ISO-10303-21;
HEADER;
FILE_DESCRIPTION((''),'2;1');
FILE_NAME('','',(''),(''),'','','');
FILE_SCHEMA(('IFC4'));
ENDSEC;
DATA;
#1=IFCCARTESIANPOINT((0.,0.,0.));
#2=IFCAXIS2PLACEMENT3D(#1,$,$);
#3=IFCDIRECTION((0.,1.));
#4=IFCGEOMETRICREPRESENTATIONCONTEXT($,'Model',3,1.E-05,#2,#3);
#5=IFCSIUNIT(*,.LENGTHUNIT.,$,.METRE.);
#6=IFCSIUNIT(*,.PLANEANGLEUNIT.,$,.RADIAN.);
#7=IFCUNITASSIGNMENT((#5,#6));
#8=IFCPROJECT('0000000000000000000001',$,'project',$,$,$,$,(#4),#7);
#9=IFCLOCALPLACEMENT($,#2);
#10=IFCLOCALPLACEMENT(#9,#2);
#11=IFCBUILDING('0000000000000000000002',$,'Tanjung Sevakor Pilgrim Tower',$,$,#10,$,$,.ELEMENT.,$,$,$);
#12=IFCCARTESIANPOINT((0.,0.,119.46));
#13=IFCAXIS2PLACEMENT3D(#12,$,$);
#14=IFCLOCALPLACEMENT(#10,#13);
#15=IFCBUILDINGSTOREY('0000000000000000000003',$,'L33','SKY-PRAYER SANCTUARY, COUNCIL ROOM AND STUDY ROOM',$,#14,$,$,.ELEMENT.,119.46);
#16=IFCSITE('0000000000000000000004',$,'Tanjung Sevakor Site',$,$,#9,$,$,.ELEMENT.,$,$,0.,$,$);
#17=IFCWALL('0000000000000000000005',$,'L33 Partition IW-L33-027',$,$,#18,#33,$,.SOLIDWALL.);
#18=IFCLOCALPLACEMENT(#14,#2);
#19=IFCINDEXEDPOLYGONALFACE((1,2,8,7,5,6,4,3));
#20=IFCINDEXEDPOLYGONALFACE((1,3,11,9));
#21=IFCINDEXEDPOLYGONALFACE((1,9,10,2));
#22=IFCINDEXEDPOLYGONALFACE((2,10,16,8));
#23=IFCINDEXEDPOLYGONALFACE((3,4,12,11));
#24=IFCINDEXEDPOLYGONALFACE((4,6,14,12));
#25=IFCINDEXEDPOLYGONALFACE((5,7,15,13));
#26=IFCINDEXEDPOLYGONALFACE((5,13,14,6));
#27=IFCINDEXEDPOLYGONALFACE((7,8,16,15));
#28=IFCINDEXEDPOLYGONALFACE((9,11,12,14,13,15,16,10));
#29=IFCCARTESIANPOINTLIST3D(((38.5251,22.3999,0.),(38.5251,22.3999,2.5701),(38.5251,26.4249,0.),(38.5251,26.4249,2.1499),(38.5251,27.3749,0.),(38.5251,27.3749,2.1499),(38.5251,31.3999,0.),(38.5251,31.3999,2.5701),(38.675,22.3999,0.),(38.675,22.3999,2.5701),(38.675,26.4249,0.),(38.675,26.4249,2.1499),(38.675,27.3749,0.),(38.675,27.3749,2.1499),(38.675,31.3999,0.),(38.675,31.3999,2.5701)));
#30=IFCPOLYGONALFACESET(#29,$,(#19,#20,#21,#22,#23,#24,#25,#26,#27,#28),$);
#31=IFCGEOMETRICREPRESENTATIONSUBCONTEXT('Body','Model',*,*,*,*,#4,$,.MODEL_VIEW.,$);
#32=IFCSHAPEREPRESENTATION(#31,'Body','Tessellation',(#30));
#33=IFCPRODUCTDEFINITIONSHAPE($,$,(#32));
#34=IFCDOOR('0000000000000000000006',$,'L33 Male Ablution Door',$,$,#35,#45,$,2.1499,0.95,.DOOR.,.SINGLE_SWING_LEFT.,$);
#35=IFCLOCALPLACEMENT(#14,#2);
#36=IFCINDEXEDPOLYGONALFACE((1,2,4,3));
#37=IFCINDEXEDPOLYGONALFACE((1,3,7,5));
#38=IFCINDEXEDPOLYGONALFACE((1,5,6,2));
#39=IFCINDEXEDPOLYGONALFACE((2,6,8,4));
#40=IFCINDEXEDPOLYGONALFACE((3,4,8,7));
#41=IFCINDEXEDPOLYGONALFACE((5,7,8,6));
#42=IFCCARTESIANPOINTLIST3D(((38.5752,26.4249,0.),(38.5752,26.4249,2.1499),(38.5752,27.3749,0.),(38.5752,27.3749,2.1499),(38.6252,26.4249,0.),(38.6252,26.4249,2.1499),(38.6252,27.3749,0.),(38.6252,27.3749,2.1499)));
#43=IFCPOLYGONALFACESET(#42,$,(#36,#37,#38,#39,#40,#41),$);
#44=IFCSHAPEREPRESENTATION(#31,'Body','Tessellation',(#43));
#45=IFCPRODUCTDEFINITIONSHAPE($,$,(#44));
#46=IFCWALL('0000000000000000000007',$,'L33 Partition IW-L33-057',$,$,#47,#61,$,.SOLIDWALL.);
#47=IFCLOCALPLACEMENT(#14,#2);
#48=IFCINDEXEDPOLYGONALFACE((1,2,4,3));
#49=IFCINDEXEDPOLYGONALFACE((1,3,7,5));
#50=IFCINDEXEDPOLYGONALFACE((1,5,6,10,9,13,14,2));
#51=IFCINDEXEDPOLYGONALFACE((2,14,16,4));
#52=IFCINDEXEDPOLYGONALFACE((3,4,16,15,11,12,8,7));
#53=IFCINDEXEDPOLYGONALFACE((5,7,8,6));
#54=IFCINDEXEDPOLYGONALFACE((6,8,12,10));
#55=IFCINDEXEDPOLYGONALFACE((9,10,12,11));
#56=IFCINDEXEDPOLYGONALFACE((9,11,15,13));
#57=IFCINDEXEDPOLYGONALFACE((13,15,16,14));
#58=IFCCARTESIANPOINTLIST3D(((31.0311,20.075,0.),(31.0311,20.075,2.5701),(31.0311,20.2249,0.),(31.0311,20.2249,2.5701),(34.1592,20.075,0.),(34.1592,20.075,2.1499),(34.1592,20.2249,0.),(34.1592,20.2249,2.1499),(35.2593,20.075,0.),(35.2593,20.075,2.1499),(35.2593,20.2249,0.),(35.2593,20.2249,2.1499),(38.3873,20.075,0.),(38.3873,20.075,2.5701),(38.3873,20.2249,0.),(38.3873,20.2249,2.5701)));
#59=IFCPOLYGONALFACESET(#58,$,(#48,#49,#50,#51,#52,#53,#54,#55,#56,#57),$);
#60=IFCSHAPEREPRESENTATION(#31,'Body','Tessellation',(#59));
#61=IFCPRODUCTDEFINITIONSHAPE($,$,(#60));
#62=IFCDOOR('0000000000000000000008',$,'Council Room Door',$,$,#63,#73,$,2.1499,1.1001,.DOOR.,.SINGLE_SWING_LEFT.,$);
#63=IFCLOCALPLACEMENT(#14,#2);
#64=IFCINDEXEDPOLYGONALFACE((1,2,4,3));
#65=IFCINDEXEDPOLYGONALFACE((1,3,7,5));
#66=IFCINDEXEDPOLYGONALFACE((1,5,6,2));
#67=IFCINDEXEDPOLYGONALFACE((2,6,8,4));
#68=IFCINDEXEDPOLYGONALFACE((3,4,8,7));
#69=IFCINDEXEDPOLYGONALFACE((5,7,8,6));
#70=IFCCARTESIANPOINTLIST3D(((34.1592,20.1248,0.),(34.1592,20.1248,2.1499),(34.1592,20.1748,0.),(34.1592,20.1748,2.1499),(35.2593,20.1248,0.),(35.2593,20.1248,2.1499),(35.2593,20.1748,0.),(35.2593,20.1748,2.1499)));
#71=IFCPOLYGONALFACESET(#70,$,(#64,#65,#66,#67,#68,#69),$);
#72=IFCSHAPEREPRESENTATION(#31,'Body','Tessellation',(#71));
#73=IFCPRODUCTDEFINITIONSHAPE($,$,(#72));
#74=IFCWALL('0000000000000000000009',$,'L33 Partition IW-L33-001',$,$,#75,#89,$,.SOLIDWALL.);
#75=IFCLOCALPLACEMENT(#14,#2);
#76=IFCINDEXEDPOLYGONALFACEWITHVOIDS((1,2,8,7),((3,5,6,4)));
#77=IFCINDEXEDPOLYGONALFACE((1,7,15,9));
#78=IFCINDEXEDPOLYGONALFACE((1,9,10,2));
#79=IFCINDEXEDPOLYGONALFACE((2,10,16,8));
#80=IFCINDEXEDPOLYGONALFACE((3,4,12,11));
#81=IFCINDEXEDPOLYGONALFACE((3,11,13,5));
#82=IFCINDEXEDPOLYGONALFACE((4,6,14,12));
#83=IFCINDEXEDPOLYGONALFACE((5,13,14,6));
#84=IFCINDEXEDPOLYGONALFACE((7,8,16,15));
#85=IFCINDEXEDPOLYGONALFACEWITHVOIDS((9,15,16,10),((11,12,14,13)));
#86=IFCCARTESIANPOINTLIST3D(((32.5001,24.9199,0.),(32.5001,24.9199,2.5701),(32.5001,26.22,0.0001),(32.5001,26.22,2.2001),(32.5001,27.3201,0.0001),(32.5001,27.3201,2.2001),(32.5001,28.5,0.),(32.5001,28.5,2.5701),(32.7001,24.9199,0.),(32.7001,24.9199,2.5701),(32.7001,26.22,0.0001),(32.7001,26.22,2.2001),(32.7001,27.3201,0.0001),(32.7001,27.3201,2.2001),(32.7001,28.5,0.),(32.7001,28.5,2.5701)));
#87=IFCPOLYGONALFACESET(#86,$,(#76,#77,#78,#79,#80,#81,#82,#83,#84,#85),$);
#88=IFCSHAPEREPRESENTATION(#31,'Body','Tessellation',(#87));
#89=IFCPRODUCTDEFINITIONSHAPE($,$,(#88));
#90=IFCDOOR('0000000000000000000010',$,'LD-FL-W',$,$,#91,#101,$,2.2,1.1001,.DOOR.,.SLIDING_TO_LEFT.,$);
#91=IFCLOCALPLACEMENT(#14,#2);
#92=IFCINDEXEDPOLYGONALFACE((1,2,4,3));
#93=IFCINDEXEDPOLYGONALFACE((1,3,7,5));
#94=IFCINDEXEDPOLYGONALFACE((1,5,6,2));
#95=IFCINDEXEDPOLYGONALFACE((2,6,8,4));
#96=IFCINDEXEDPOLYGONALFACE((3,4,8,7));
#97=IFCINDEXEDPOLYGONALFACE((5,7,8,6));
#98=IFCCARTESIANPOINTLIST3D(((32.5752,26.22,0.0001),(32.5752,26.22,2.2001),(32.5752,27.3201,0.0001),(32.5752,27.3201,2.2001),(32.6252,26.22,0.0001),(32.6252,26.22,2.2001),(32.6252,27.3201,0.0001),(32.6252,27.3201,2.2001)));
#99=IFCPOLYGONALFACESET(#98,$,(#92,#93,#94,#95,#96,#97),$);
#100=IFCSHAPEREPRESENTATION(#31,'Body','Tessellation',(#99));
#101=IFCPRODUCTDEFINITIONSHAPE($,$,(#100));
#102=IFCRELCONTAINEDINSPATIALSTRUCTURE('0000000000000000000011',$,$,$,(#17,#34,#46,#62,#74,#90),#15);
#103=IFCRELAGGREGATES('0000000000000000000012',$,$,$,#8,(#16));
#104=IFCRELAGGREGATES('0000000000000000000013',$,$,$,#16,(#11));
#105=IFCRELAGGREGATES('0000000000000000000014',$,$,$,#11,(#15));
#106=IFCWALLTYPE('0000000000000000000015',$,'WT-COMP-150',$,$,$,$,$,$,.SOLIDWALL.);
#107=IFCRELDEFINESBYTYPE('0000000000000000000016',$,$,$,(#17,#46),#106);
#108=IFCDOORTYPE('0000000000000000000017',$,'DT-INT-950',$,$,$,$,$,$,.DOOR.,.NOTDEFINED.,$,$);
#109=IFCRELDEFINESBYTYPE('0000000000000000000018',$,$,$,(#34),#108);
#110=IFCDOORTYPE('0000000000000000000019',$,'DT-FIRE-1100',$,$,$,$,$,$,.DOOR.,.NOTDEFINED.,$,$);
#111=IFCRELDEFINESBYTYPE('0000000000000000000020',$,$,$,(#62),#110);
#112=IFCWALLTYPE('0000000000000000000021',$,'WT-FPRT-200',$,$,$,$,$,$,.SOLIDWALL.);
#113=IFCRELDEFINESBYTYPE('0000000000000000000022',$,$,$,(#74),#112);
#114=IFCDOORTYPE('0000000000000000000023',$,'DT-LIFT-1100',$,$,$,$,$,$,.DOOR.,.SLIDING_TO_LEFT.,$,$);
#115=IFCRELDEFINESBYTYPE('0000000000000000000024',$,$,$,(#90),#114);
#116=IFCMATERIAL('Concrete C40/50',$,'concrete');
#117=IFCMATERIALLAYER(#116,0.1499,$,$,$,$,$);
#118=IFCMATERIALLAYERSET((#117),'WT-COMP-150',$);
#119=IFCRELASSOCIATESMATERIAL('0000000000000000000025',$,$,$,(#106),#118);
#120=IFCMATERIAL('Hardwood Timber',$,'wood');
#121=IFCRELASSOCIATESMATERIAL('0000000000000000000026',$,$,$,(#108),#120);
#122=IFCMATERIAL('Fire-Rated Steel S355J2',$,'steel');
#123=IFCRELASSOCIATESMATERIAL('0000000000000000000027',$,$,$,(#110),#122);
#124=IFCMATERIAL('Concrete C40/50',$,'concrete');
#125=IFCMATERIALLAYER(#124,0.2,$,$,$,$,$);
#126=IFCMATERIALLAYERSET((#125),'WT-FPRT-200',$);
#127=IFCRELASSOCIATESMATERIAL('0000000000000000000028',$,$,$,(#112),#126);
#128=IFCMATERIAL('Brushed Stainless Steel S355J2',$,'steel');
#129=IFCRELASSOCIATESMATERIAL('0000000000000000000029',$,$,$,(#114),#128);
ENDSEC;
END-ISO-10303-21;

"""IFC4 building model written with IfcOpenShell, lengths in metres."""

from ifc_helpers import new_model, si_unit, direction, frame, frame_2d, origin, place, context, subcontext, project, spatial, rectangle, extrude, material, layer, layer_set, type_object, element, fill, save


model = new_model("IFC4")

# Units and contexts
model_context = context("Model", 3, precision=1e-05, world=origin(), true_north=direction((0.0, 1.0)))
body_context = subcontext(model_context, "Body", "Model", "MODEL_VIEW")
ifc_project = project(units=[si_unit("LENGTHUNIT", "METRE"), si_unit("PLANEANGLEUNIT", "RADIAN")], contexts=[model_context])

# Site, building, storey
site_placement = place(None, origin())
site = spatial("IfcSite", under=ifc_project, at=site_placement, Name="Tanjung Sevakor Site", CompositionType="ELEMENT", RefElevation=0.0)
building_placement = place(site_placement, origin())
building = spatial("IfcBuilding", under=site, at=building_placement, Name="Tanjung Sevakor Pilgrim Tower", CompositionType="ELEMENT")
storey_placement = place(building_placement, frame((0.0, 0.0, 119.46)))
storey = spatial("IfcBuildingStorey", under=building, at=storey_placement, Name="L33", Description="SKY-PRAYER SANCTUARY, COUNCIL ROOM AND STUDY ROOM", CompositionType="ELEMENT", Elevation=119.46)

# Shared definitions
ifc_material_1 = material(Name="Concrete C40/50", Category="concrete")
ifc_layer_1 = layer(ifc_material_1, 0.1499)
ifc_layer_set_1 = layer_set([ifc_layer_1], Name="WT-COMP-150")
wall_type_1 = type_object("IfcWallType", Name="WT-COMP-150", PredefinedType="SOLIDWALL", material=ifc_layer_set_1)

# Walls, openings, doors
wall_1_placement = place(storey_placement, frame((38.6001, 22.3999, 0.0), z_axis=(0.0, 0.0, 1.0), x_axis=(0.0, 1.0, 0.0)))
wall_1 = element("IfcWall", 1, at=wall_1_placement, inside=storey, type_object=wall_type_1, Name="L33 Partition IW-L33-027", PredefinedType="SOLIDWALL", context=body_context, shape_type="SweptSolid", body=[
    extrude(rectangle(XDim=9.0, YDim=0.1499, at=frame_2d((4.5, 0.0))), origin(), (0.0, 0.0, 1.0), 2.5701),
])
opening_1_placement = place(wall_1_placement, frame((4.0249, 0.0, 0.0)))
opening_1 = element("IfcOpeningElement", 2, at=opening_1_placement, cuts=wall_1, PredefinedType="OPENING", context=body_context, shape_type="SweptSolid", body=[
    extrude(rectangle(XDim=0.95, YDim=2.1499, at=frame_2d((0.4751, 1.075))), frame((0.0, 0.085, 0.0), z_axis=(0.0, -1.0, 0.0), x_axis=(1.0, 0.0, 0.0)), (0.0, 0.0, 1.0), 0.1699),
])
ifc_material_2 = material(Name="Hardwood Timber", Category="wood")
door_type_1 = type_object("IfcDoorType", Name="DT-INT-950", OperationType="NOTDEFINED", PredefinedType="DOOR", material=ifc_material_2)
door_1_placement = place(opening_1_placement, origin())
door_1 = element("IfcDoor", 3, at=door_1_placement, inside=storey, type_object=door_type_1, Name="L33 Male Ablution Door", OperationType="SINGLE_SWING_LEFT", OverallHeight=2.1499, OverallWidth=0.95, PredefinedType="DOOR", context=body_context, shape_type="SweptSolid", body=[
    extrude(rectangle(XDim=0.95, YDim=2.1499, at=frame_2d((0.4751, 1.075))), frame((0.0, 0.0249, 0.0), z_axis=(0.0, -1.0, 0.0), x_axis=(1.0, 0.0, 0.0)), (0.0, 0.0, 1.0), 0.05),
])
fill(opening_1, door_1)
wall_2_placement = place(storey_placement, frame((31.031, 20.1499, 0.0), z_axis=(0.0, 0.0, 1.0), x_axis=(1.0, 0.0, 0.0)))
wall_2 = element("IfcWall", 4, at=wall_2_placement, inside=storey, type_object=wall_type_1, Name="L33 Partition IW-L33-057", PredefinedType="SOLIDWALL", context=body_context, shape_type="SweptSolid", body=[
    extrude(rectangle(XDim=7.3562, YDim=0.1499, at=frame_2d((3.6782, 0.0))), origin(), (0.0, 0.0, 1.0), 2.5701),
])
opening_2_placement = place(wall_2_placement, frame((3.1282, 0.0, 0.0)))
opening_2 = element("IfcOpeningElement", 5, at=opening_2_placement, cuts=wall_2, PredefinedType="OPENING", context=body_context, shape_type="SweptSolid", body=[
    extrude(rectangle(XDim=1.1001, YDim=2.1499, at=frame_2d((0.55, 1.075))), frame((0.0, 0.085, 0.0), z_axis=(0.0, -1.0, 0.0), x_axis=(1.0, 0.0, 0.0)), (0.0, 0.0, 1.0), 0.1699),
])
ifc_material_3 = material(Name="Fire-Rated Steel S355J2", Category="steel")
door_type_2 = type_object("IfcDoorType", Name="DT-FIRE-1100", OperationType="NOTDEFINED", PredefinedType="DOOR", material=ifc_material_3)
door_2_placement = place(opening_2_placement, origin())
door_2 = element("IfcDoor", 6, at=door_2_placement, inside=storey, type_object=door_type_2, Name="Council Room Door", OperationType="SINGLE_SWING_LEFT", OverallHeight=2.1499, OverallWidth=1.1001, PredefinedType="DOOR", context=body_context, shape_type="SweptSolid", body=[
    extrude(rectangle(XDim=1.1001, YDim=2.1499, at=frame_2d((0.55, 1.075))), frame((0.0, 0.0249, 0.0), z_axis=(0.0, -1.0, 0.0), x_axis=(1.0, 0.0, 0.0)), (0.0, 0.0, 1.0), 0.05),
])
fill(opening_2, door_2)
ifc_material_4 = material(Name="Concrete C40/50", Category="concrete")
ifc_layer_2 = layer(ifc_material_4, 0.2)
ifc_layer_set_2 = layer_set([ifc_layer_2], Name="WT-FPRT-200")
wall_type_2 = type_object("IfcWallType", Name="WT-FPRT-200", PredefinedType="SOLIDWALL", material=ifc_layer_set_2)
wall_3_placement = place(storey_placement, frame((32.6001, 24.9199, 0.0), z_axis=(0.0, 0.0, 1.0), x_axis=(0.0, 1.0, 0.0)))
wall_3 = element("IfcWall", 7, at=wall_3_placement, inside=storey, type_object=wall_type_2, Name="L33 Partition IW-L33-001", PredefinedType="SOLIDWALL", context=body_context, shape_type="SweptSolid", body=[
    extrude(rectangle(XDim=3.5801, YDim=0.2, at=frame_2d((1.79, 0.0))), origin(), (0.0, 0.0, 1.0), 2.5701),
])
opening_3_placement = place(wall_3_placement, frame((1.3, 0.0, 0.0)))
opening_3 = element("IfcOpeningElement", 8, at=opening_3_placement, cuts=wall_3, PredefinedType="OPENING", context=body_context, shape_type="SweptSolid", body=[
    extrude(rectangle(XDim=1.1001, YDim=2.2, at=frame_2d((0.55, 1.1001))), frame((0.0, 0.1099, 0.0), z_axis=(0.0, -1.0, 0.0), x_axis=(1.0, 0.0, 0.0)), (0.0, 0.0, 1.0), 0.22),
])
ifc_material_5 = material(Name="Brushed Stainless Steel S355J2", Category="steel")
door_type_3 = type_object("IfcDoorType", Name="DT-LIFT-1100", OperationType="SLIDING_TO_LEFT", PredefinedType="DOOR", material=ifc_material_5)
door_3_placement = place(opening_3_placement, origin())
door_3 = element("IfcDoor", 9, at=door_3_placement, inside=storey, type_object=door_type_3, Name="LD-FL-W", OperationType="SLIDING_TO_LEFT", OverallHeight=2.2, OverallWidth=1.1001, PredefinedType="DOOR", context=body_context, shape_type="SweptSolid", body=[
    extrude(rectangle(XDim=1.1001, YDim=2.2, at=frame_2d((0.55, 1.1001))), frame((0.0, 0.0249, 0.0), z_axis=(0.0, -1.0, 0.0), x_axis=(1.0, 0.0, 0.0)), (0.0, 0.0, 1.0), 0.05),
])
fill(opening_3, door_3)

save(model, "model.ifc")
